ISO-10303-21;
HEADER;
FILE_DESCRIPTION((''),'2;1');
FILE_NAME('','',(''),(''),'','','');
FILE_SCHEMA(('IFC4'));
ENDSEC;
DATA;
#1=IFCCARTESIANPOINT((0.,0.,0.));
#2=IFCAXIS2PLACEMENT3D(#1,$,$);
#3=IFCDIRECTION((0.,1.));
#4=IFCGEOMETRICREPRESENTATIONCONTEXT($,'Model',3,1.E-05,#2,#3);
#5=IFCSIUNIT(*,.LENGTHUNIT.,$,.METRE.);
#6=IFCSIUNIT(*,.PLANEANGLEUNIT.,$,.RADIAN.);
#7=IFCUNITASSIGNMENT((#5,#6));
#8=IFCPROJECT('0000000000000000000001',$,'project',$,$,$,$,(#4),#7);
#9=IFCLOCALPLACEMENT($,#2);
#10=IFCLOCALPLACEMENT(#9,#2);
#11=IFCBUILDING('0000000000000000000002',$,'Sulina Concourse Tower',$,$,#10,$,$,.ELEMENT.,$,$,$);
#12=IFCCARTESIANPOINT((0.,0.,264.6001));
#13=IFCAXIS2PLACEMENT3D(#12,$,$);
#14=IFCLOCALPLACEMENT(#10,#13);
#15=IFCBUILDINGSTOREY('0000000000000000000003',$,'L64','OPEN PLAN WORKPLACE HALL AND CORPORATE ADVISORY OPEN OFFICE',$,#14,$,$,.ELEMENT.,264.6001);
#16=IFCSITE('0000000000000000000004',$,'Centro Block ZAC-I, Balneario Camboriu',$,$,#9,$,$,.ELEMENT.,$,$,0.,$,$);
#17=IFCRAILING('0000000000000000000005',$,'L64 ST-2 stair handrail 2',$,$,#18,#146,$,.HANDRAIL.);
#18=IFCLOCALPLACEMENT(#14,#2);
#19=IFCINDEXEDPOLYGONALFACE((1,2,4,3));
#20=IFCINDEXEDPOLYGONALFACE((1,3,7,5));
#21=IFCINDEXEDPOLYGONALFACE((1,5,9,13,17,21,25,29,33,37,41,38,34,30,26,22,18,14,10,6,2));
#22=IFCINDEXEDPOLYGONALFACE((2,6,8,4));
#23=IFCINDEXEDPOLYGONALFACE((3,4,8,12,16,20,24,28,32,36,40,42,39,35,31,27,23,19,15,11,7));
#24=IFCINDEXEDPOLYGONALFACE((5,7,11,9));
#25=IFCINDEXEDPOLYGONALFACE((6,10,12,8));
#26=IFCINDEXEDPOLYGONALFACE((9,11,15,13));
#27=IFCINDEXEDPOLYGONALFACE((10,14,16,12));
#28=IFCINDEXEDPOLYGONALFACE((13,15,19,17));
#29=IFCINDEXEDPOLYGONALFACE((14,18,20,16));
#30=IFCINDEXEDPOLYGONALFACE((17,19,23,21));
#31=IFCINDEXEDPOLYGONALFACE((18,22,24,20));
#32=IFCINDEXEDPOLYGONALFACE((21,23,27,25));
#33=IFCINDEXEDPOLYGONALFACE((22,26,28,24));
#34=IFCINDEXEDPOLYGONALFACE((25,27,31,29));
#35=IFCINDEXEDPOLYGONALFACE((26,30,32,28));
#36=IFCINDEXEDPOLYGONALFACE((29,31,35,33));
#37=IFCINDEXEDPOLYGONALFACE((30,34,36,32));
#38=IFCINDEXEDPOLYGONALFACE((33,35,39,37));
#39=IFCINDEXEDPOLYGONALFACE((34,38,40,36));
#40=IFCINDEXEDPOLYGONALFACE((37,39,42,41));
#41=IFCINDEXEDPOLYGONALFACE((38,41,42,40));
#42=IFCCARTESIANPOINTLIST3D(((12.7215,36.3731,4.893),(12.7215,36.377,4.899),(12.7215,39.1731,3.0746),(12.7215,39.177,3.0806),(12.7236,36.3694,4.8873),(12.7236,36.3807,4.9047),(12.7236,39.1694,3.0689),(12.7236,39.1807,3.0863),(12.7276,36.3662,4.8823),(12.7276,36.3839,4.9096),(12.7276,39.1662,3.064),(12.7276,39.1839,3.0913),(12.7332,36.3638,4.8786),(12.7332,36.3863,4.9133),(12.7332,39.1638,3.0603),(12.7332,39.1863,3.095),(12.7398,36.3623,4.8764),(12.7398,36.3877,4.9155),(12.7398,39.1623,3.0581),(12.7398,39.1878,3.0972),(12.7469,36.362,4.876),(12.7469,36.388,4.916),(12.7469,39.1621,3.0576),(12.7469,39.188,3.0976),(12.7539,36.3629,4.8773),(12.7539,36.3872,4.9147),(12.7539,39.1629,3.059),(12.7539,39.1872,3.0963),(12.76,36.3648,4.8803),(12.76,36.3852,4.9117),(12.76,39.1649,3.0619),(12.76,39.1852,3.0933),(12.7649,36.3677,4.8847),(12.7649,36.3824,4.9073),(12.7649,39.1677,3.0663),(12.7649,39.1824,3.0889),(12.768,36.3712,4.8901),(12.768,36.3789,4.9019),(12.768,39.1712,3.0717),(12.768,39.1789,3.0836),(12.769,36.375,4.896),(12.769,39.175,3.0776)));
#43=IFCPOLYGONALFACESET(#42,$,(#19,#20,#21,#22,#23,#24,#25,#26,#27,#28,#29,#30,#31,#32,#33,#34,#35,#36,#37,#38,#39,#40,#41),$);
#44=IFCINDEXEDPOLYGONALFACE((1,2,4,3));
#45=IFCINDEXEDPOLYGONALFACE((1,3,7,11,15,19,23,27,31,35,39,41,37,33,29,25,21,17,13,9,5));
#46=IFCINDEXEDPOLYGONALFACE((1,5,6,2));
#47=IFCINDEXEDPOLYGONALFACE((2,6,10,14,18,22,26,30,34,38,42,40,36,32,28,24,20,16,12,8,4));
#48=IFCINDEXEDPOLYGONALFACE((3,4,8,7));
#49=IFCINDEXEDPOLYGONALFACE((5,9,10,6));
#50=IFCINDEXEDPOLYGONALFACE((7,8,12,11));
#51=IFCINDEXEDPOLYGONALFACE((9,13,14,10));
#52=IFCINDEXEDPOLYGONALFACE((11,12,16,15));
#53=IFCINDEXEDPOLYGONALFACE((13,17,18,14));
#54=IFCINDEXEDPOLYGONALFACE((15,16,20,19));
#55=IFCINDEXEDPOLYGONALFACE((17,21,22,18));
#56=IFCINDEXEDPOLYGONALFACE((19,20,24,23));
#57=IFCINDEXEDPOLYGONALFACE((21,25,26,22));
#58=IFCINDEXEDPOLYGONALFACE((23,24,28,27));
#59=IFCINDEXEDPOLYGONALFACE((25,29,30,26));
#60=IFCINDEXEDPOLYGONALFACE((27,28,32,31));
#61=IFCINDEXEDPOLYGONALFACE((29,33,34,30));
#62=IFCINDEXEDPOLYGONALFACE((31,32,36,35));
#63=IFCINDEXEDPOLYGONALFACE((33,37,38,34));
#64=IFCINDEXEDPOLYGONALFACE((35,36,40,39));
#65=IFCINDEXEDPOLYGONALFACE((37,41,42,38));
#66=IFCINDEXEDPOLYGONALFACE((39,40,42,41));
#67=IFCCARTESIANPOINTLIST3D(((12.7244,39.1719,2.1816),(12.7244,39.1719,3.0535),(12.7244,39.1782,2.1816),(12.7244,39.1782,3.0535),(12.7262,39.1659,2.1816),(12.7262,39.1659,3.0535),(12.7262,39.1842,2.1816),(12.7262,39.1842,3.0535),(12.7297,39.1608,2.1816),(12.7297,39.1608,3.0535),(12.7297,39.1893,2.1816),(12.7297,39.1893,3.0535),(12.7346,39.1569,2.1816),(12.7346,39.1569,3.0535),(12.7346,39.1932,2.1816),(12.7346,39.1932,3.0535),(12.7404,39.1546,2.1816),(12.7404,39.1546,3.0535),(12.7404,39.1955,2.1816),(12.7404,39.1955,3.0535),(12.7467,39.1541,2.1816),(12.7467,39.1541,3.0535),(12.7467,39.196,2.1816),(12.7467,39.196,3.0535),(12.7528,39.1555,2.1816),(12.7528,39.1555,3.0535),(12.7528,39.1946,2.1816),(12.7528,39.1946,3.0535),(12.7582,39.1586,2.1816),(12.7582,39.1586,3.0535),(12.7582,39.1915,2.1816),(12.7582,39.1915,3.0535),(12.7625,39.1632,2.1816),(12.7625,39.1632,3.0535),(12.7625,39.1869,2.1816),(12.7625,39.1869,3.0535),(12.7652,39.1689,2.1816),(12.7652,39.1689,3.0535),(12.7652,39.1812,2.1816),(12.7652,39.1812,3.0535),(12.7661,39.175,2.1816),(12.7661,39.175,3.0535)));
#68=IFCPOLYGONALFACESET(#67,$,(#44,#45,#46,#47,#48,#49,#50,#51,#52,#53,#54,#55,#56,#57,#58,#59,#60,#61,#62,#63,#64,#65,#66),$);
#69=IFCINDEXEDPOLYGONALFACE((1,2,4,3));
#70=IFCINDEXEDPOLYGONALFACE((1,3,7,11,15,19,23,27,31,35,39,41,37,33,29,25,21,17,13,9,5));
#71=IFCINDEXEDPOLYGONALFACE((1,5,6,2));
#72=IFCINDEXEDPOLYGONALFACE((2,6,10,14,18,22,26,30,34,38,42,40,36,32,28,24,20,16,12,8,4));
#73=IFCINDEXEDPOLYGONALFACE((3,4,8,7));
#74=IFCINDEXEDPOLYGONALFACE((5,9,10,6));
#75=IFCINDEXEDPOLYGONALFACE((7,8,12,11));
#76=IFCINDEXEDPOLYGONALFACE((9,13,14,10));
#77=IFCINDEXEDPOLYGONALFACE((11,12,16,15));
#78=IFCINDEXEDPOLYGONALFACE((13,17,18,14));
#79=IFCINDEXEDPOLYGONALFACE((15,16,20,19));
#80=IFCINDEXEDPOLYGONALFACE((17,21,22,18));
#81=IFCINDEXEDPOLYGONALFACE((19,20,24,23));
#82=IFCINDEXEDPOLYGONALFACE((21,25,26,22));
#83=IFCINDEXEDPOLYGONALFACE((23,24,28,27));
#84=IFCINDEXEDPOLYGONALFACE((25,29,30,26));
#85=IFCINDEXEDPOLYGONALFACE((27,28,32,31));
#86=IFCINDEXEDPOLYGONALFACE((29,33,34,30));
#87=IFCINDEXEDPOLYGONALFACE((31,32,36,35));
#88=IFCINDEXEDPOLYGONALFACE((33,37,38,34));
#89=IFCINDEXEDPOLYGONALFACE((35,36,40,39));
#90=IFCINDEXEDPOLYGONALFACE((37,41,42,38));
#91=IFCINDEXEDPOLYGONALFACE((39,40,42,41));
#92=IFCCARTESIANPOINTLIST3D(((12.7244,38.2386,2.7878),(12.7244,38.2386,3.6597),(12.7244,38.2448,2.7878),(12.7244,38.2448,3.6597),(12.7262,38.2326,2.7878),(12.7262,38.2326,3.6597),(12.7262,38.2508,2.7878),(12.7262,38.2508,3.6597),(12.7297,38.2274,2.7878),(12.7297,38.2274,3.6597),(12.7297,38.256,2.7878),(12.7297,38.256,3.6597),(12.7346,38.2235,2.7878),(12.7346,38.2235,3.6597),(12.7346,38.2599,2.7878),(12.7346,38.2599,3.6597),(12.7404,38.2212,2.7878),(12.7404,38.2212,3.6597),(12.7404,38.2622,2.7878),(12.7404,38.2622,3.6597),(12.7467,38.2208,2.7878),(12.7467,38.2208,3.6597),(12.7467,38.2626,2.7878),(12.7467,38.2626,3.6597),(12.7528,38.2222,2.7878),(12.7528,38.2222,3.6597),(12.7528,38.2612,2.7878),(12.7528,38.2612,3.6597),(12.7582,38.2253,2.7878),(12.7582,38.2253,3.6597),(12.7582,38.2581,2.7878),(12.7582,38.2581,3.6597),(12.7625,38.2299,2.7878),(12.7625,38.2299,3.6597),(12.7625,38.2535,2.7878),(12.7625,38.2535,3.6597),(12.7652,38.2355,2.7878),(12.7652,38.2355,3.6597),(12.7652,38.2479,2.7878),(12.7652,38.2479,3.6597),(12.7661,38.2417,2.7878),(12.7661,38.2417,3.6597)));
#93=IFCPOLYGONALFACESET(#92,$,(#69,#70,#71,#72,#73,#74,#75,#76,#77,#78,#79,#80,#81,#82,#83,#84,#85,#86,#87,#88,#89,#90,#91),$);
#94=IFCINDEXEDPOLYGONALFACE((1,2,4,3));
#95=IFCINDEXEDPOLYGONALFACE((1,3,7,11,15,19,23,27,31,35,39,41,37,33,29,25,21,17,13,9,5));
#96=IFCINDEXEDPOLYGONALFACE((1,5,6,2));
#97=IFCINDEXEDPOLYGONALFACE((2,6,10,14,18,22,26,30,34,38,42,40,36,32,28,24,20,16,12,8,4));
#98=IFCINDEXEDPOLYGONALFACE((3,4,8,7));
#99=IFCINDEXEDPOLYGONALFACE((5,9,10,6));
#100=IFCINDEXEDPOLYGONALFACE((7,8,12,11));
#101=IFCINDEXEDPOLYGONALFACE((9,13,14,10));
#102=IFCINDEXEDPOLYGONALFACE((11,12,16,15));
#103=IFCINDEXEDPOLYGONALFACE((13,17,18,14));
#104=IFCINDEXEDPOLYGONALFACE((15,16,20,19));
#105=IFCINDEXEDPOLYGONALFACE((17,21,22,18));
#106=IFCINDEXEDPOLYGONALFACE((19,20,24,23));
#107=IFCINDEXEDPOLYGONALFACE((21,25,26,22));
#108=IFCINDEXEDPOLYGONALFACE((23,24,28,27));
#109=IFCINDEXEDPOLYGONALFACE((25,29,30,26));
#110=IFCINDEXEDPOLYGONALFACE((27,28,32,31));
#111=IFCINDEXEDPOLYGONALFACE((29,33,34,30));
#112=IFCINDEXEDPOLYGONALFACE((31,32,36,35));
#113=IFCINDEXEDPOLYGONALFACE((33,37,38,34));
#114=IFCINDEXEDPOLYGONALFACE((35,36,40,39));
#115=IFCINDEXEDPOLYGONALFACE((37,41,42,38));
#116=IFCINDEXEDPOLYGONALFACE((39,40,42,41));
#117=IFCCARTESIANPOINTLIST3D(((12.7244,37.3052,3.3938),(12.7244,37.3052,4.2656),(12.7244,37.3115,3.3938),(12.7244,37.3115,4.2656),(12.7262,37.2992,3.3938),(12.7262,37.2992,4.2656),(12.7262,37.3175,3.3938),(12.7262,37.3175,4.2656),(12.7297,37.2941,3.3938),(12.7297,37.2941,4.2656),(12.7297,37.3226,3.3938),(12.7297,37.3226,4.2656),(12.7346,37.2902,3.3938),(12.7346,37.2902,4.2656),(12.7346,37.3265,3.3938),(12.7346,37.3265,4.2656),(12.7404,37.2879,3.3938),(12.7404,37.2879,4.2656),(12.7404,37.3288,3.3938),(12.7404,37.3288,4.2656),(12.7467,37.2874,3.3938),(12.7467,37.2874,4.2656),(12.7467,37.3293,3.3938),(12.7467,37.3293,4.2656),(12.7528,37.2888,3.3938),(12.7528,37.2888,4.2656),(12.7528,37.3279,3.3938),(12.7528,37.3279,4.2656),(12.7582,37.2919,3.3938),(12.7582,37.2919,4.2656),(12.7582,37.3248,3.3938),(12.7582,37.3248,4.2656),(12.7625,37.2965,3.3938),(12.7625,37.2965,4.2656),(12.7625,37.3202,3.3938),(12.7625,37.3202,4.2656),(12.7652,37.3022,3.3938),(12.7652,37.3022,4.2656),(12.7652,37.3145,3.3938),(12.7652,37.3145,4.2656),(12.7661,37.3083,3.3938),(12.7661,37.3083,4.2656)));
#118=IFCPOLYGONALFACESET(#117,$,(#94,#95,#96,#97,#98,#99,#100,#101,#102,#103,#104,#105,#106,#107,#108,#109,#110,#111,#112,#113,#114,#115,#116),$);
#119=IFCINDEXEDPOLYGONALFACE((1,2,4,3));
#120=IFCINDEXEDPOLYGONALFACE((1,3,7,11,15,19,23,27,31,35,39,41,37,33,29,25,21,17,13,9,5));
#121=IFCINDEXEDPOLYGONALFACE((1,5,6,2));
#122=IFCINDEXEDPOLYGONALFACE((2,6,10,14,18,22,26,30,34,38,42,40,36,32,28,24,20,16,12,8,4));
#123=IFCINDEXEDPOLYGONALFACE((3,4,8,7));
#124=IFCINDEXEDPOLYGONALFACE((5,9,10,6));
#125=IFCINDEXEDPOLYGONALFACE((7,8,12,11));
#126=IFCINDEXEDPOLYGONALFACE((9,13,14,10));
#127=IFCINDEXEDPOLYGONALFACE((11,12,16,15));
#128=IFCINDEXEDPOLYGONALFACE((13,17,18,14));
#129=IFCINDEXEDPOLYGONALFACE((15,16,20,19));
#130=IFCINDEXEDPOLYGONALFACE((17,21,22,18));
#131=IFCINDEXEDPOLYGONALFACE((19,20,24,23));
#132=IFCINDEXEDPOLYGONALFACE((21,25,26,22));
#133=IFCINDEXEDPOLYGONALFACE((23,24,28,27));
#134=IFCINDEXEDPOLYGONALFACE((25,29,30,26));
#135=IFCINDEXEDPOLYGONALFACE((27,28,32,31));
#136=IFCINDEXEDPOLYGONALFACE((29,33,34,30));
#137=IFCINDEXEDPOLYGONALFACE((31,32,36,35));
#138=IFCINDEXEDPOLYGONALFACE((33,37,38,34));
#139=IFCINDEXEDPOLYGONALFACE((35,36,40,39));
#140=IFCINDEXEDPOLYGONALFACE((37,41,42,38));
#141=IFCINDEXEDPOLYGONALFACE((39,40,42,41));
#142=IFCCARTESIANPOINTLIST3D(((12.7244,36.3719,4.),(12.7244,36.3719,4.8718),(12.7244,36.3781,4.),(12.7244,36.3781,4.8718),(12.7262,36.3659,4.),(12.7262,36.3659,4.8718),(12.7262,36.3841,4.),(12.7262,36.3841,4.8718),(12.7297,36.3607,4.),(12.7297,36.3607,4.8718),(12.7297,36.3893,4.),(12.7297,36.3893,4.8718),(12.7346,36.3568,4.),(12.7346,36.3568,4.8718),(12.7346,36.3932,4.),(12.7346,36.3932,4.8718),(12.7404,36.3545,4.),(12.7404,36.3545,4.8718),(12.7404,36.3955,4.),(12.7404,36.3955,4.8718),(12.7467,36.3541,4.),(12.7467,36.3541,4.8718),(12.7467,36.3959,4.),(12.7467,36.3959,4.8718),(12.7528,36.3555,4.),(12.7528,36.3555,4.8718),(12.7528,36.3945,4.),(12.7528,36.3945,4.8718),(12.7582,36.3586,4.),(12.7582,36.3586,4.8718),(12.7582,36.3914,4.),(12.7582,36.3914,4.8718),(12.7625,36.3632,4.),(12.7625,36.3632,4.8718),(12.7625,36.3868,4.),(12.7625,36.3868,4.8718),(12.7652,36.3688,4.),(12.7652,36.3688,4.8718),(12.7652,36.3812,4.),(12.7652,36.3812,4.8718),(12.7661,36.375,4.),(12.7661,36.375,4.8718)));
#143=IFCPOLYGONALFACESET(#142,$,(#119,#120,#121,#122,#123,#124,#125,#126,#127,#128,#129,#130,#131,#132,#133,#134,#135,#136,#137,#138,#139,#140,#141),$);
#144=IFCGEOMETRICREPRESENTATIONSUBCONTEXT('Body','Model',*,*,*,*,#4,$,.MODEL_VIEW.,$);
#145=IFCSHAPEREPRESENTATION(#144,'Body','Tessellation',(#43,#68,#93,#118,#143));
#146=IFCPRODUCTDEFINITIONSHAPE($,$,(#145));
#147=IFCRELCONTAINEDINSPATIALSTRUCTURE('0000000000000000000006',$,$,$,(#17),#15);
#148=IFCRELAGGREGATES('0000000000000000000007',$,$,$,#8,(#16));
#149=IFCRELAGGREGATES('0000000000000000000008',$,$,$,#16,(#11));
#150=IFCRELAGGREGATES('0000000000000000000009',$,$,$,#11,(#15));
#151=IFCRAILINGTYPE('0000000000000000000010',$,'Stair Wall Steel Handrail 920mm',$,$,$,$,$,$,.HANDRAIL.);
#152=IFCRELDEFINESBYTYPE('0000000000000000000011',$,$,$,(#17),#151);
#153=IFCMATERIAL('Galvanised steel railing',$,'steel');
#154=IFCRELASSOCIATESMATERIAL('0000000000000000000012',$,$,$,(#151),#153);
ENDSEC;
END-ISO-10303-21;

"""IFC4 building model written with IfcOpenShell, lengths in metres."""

from ifc_helpers import new_model, si_unit, direction, frame, origin, origin_2d, place, context, subcontext, project, spatial, circle, extrude, material, type_object, element, save


model = new_model("IFC4")

# Units and contexts
model_context = context("Model", 3, precision=1e-05, world=origin(), true_north=direction((0.0, 1.0)))
body_context = subcontext(model_context, "Body", "Model", "MODEL_VIEW")
ifc_project = project(units=[si_unit("LENGTHUNIT", "METRE"), si_unit("PLANEANGLEUNIT", "RADIAN")], contexts=[model_context])

# Site, building, storey
site_placement = place(None, origin())
site = spatial("IfcSite", under=ifc_project, at=site_placement, Name="Centro Block ZAC-I, Balneario Camboriu", CompositionType="ELEMENT", RefElevation=0.0)
building_placement = place(site_placement, origin())
building = spatial("IfcBuilding", under=site, at=building_placement, Name="Sulina Concourse Tower", CompositionType="ELEMENT")
storey_placement = place(building_placement, frame((0.0, 0.0, 264.6001)))
storey = spatial("IfcBuildingStorey", under=building, at=storey_placement, Name="L64", Description="OPEN PLAN WORKPLACE HALL AND CORPORATE ADVISORY OPEN OFFICE", CompositionType="ELEMENT", Elevation=264.6001)

# Railing
ifc_material_1 = material(Name="Galvanised steel railing", Category="steel")
railing_type_1 = type_object("IfcRailingType", Name="Stair Wall Steel Handrail 920mm", PredefinedType="HANDRAIL", material=ifc_material_1)
railing_1_placement = place(storey_placement, frame((12.7451, 39.175, 2.1816)))
element("IfcRailing", 1, at=railing_1_placement, inside=storey, type_object=railing_type_1, Name="L64 ST-2 stair handrail 2", PredefinedType="HANDRAIL", context=body_context, shape_type="SweptSolid", body=[
    extrude(circle(Radius=0.0239, at=origin_2d()), frame((0.0, 0.0, 0.896), z_axis=(0.0, -0.838672, 0.544636), x_axis=(1.0, 0.0, 0.0)), (0.0, 0.0, 1.0), 3.3386),
    extrude(circle(Radius=0.021, at=origin_2d()), origin(), (0.0, 0.0, 1.0), 0.8718),
    extrude(circle(Radius=0.021, at=origin_2d()), frame((0.0, -0.9333, 0.6062)), (0.0, 0.0, 1.0), 0.8718),
    extrude(circle(Radius=0.021, at=origin_2d()), frame((0.0, -1.8667, 1.2122)), (0.0, 0.0, 1.0), 0.8718),
    extrude(circle(Radius=0.021, at=origin_2d()), frame((0.0, -2.8, 1.8184)), (0.0, 0.0, 1.0), 0.8718),
])

save(model, "model.ifc")
